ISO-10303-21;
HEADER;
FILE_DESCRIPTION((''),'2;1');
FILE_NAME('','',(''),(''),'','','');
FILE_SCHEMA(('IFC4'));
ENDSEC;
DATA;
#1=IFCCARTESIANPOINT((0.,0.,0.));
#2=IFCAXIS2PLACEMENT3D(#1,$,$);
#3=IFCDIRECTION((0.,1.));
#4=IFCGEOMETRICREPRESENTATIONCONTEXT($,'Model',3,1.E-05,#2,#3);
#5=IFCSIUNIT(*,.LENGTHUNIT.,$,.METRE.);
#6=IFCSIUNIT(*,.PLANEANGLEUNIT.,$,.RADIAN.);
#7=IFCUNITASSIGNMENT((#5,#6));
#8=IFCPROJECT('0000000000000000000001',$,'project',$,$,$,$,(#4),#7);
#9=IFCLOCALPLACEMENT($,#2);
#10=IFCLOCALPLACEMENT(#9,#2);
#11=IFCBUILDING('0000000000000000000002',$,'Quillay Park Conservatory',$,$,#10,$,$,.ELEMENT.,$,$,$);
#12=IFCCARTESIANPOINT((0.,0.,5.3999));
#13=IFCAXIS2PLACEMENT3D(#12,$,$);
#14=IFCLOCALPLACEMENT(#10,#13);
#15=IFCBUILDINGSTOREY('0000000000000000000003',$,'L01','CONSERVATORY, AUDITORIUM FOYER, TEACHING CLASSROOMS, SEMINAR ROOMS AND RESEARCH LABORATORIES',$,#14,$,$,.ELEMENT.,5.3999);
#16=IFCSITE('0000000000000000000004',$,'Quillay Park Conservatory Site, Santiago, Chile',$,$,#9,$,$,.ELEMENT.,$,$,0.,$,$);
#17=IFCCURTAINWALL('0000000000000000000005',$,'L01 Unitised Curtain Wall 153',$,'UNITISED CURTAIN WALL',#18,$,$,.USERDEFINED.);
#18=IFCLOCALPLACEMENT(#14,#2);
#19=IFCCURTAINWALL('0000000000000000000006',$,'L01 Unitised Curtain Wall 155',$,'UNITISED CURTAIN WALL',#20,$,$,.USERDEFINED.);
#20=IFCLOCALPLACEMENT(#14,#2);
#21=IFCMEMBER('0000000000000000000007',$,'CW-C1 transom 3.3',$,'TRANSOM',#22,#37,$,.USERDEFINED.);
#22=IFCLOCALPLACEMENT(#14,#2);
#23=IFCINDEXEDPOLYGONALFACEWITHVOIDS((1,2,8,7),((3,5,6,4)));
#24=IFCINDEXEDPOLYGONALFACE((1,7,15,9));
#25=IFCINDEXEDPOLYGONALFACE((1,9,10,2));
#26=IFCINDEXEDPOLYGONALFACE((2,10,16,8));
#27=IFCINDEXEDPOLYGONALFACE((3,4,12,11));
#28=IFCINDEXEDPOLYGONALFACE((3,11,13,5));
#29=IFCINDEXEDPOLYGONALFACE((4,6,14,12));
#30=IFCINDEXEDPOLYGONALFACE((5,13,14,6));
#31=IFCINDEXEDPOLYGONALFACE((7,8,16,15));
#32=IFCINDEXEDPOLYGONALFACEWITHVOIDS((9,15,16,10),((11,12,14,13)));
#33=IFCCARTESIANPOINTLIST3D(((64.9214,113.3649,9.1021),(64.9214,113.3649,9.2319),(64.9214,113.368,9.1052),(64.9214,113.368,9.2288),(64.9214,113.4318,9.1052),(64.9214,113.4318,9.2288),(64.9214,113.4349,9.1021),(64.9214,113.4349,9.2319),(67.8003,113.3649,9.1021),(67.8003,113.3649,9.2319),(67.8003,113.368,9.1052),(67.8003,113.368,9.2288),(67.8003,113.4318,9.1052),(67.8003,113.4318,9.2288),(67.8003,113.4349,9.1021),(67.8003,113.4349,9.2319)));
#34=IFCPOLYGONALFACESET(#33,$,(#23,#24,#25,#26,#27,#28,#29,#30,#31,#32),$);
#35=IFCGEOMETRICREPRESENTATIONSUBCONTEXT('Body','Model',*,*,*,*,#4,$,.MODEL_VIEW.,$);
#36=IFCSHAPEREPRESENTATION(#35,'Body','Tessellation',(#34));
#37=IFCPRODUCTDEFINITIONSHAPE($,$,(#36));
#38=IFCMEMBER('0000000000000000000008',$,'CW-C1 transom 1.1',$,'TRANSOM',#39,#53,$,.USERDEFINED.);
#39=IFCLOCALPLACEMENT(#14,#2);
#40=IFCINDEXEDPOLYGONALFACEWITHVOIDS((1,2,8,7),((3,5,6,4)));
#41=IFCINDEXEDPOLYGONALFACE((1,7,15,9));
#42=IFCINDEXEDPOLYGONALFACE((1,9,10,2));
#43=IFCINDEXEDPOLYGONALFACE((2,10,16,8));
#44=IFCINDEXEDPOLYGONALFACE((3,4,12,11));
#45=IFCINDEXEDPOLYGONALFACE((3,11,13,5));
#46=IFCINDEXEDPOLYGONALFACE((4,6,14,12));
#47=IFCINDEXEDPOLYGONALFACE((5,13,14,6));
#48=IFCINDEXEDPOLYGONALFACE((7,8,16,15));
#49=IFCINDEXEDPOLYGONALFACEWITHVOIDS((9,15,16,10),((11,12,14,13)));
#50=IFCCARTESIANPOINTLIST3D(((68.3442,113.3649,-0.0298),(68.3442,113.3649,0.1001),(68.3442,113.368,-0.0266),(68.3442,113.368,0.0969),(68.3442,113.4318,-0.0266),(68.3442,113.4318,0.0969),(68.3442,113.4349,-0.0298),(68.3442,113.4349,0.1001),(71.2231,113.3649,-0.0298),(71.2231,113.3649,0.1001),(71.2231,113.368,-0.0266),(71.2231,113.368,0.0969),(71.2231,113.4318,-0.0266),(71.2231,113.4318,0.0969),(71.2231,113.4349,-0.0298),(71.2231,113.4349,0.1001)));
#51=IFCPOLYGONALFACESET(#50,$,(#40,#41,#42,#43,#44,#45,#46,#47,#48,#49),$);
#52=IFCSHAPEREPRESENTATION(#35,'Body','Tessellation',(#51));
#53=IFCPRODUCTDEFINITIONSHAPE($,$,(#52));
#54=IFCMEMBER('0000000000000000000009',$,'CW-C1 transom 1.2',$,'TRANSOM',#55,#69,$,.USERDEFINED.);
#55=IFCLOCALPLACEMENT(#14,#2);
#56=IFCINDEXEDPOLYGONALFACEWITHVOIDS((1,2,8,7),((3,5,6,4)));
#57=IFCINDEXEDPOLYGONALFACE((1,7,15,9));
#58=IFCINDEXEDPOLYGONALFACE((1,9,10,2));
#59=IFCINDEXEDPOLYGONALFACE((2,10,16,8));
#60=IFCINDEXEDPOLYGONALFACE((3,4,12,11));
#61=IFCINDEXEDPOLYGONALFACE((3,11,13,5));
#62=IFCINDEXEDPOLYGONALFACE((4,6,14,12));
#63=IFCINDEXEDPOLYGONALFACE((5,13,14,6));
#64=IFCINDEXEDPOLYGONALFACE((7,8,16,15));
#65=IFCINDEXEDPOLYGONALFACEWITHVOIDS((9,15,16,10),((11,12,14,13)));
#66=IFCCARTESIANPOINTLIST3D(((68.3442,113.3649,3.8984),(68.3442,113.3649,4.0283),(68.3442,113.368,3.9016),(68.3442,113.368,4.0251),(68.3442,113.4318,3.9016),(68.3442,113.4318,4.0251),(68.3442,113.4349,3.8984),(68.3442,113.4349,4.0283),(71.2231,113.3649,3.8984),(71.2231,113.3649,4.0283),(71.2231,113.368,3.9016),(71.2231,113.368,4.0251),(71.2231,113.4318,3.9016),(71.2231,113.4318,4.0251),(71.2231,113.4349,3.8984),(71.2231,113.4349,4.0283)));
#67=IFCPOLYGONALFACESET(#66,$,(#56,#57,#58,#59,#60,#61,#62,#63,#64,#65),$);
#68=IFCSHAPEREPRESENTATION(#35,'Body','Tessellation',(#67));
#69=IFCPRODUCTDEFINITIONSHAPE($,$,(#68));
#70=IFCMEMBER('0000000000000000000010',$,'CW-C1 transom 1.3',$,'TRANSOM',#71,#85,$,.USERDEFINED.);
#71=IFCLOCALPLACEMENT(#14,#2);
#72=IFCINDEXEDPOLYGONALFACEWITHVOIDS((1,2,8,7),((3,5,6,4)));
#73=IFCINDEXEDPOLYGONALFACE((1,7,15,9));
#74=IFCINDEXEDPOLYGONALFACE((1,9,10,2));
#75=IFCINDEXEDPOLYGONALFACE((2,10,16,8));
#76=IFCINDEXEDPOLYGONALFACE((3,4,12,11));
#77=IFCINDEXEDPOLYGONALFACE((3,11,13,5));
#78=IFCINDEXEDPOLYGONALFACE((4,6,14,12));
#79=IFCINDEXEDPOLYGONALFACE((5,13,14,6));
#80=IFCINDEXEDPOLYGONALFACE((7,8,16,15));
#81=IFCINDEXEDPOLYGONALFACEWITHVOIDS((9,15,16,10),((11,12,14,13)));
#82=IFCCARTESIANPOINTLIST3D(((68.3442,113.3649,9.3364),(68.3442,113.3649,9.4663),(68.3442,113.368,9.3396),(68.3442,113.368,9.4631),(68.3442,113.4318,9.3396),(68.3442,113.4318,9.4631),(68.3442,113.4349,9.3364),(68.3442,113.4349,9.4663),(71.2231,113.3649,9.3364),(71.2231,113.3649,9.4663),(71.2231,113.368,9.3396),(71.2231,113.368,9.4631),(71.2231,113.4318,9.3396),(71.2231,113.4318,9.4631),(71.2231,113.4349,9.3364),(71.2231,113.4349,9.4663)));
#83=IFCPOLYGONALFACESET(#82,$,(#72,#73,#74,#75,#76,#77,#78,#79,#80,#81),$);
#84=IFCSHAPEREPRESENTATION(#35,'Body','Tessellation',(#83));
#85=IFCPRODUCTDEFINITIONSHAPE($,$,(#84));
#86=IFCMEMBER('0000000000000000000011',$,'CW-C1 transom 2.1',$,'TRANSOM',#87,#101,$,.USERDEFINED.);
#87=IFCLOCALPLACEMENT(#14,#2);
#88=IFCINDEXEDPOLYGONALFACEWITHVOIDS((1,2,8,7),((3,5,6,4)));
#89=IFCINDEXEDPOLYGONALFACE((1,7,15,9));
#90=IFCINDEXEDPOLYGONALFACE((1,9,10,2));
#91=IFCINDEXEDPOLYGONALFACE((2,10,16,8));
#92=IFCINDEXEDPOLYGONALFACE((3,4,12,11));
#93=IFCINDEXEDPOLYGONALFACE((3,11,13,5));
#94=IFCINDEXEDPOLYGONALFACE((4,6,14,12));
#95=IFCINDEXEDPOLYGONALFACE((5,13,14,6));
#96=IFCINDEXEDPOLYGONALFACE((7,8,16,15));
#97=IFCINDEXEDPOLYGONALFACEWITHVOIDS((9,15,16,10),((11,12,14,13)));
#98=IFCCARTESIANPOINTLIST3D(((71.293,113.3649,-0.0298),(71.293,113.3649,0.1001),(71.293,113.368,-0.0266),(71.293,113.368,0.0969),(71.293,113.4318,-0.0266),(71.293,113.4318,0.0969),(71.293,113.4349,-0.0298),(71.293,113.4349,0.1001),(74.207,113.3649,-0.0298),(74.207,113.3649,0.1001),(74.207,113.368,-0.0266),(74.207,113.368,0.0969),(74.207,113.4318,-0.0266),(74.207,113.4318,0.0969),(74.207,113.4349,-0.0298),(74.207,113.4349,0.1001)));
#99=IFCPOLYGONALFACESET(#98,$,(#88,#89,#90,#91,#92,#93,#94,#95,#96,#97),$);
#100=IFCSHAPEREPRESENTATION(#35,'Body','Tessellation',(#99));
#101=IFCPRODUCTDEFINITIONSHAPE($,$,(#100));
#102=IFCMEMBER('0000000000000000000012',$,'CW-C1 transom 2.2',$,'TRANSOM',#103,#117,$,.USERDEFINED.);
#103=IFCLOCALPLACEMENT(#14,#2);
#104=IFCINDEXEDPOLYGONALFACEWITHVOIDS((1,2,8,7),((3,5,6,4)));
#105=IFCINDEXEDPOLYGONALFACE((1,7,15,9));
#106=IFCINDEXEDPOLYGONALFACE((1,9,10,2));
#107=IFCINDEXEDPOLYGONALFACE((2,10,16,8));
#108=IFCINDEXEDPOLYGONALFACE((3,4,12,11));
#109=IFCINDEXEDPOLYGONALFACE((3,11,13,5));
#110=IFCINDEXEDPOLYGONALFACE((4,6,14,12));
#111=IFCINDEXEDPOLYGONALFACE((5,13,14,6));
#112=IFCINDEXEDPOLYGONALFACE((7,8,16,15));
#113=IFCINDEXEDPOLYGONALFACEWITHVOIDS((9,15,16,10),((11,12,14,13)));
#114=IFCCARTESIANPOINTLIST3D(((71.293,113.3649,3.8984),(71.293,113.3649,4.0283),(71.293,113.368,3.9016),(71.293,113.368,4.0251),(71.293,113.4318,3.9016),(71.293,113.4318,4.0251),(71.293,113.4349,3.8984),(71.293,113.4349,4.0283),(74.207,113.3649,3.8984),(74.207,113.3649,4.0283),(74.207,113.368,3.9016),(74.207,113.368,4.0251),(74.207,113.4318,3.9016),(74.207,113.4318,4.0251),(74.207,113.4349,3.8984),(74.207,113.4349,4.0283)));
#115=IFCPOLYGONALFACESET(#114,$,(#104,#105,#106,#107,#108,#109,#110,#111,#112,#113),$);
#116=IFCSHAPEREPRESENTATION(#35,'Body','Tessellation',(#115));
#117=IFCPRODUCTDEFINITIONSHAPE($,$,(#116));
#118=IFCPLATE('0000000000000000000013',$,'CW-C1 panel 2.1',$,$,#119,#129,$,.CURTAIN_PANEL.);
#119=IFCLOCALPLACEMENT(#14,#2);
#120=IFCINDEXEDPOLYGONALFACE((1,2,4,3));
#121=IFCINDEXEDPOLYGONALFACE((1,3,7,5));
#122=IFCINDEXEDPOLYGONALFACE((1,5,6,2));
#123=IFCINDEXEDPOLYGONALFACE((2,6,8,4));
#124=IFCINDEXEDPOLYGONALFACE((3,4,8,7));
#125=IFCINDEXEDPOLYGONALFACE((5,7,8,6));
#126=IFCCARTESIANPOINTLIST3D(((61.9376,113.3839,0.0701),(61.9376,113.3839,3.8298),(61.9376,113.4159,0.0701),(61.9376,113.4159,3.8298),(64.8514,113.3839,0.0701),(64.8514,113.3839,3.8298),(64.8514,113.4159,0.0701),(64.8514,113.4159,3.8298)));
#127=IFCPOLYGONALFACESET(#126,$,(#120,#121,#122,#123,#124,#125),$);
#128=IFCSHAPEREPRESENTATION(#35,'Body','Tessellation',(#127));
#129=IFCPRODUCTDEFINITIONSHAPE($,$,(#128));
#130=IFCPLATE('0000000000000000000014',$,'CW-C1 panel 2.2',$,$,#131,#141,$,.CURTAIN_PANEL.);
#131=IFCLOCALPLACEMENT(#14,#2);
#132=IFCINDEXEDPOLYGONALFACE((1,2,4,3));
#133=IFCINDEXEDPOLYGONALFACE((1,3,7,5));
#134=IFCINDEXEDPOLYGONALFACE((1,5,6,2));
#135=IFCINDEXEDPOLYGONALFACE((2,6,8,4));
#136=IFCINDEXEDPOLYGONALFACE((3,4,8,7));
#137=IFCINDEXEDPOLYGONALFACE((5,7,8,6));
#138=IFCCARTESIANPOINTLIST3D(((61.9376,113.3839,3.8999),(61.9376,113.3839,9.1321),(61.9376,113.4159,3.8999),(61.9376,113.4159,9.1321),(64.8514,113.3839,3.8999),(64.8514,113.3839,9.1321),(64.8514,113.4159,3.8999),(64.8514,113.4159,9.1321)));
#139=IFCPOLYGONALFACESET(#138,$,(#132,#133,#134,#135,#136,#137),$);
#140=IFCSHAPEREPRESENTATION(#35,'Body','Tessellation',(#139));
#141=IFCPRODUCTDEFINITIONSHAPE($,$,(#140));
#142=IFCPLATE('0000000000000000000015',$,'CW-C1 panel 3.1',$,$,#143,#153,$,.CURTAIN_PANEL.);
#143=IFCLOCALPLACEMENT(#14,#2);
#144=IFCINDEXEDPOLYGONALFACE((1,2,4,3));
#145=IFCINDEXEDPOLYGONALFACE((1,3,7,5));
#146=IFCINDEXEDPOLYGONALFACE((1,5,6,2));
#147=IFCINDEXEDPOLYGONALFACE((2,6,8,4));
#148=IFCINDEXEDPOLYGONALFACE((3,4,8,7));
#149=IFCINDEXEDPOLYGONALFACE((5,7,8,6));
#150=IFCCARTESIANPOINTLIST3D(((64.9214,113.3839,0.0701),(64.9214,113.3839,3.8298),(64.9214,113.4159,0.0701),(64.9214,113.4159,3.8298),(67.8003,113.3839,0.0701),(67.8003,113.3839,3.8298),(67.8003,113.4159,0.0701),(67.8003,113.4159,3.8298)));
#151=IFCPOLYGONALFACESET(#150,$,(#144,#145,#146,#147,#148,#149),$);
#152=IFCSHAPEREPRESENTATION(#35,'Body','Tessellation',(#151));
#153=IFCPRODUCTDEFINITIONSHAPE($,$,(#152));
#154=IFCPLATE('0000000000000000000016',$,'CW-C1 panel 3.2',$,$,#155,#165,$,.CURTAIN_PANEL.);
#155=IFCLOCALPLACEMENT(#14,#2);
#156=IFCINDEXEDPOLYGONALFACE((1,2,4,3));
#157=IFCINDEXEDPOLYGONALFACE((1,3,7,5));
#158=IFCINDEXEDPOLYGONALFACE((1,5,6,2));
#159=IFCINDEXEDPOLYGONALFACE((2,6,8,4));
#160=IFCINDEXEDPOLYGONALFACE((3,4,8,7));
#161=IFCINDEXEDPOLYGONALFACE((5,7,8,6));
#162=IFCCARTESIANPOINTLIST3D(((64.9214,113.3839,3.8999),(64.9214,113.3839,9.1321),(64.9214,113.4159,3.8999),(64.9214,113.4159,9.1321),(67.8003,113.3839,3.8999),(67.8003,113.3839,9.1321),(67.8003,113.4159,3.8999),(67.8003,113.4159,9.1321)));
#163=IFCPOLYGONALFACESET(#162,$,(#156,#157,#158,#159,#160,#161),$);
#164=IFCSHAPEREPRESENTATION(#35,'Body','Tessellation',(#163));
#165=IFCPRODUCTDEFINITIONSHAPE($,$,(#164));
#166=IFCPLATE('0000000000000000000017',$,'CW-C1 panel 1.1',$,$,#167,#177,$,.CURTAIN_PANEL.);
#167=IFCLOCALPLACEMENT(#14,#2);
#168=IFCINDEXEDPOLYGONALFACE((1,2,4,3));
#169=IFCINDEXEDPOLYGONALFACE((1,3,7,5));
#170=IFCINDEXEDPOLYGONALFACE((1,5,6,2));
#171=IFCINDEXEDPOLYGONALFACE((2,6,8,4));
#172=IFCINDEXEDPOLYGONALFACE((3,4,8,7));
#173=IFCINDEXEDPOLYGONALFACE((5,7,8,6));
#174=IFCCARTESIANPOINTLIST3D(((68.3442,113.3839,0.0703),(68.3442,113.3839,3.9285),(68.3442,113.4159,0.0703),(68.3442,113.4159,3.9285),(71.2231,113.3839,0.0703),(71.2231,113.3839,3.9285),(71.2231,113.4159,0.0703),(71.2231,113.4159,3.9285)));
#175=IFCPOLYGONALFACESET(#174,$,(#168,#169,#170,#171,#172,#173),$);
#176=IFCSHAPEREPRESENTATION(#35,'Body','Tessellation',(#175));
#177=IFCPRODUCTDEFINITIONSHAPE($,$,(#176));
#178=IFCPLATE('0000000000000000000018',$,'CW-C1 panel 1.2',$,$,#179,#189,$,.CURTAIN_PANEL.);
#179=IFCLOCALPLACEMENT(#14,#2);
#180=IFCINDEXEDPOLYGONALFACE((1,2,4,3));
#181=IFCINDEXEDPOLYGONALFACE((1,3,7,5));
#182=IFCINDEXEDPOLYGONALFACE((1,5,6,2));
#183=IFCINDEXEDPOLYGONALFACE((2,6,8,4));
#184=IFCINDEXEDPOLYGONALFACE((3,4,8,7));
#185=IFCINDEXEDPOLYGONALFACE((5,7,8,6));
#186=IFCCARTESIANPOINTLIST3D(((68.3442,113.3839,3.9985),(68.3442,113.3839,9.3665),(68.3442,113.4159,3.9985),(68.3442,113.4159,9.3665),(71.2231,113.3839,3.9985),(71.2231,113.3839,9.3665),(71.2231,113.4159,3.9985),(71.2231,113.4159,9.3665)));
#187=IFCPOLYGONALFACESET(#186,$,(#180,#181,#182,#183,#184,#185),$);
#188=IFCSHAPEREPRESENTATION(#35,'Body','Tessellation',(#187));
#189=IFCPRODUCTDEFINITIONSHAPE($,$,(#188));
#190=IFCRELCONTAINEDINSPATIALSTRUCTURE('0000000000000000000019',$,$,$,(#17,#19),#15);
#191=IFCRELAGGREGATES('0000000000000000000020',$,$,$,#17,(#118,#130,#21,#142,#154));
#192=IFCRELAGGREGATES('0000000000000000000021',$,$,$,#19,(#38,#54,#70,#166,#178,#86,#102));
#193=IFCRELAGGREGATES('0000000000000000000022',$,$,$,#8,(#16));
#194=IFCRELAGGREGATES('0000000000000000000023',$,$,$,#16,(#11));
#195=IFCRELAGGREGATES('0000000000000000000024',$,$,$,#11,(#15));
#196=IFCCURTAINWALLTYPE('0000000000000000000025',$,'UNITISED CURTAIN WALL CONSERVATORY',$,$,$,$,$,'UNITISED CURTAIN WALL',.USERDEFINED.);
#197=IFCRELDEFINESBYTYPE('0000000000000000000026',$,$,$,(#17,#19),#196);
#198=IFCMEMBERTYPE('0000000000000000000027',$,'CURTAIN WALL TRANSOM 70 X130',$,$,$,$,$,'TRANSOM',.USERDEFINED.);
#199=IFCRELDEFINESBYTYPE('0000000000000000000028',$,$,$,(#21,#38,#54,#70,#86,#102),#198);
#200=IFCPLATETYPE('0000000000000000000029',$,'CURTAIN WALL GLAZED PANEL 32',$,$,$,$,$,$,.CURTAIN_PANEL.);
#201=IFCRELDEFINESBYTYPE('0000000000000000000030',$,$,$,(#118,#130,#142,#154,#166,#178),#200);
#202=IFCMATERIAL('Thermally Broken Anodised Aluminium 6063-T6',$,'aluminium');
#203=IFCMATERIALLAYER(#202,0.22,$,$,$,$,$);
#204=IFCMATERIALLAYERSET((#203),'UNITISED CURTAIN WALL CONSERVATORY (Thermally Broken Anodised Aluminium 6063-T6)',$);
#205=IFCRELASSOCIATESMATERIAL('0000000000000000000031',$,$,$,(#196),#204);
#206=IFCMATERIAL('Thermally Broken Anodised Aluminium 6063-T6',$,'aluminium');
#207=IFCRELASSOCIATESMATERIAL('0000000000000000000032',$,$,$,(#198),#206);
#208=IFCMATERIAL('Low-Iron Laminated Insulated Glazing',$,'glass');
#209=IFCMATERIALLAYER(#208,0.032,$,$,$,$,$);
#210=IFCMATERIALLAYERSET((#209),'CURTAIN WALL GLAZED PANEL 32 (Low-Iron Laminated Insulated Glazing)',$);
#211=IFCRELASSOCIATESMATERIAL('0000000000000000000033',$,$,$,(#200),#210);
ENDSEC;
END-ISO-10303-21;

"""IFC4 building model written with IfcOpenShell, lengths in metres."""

from ifc_helpers import new_model, si_unit, direction, frame, origin, origin_2d, place, context, subcontext, project, spatial, rectangle, hollow_rectangle, extrude, material, layer, layer_set, material_profile, profile_set, type_object, element, aggregate, save


model = new_model("IFC4")

# Units and contexts
model_context = context("Model", 3, precision=1e-05, world=origin(), true_north=direction((0.0, 1.0)))
body_context = subcontext(model_context, "Body", "Model", "MODEL_VIEW")
ifc_project = project(units=[si_unit("LENGTHUNIT", "METRE"), si_unit("PLANEANGLEUNIT", "RADIAN")], contexts=[model_context])

# Site, building, storey
site_placement = place(None, origin())
site = spatial("IfcSite", under=ifc_project, at=site_placement, Name="Quillay Park Conservatory Site, Santiago, Chile", CompositionType="ELEMENT", RefElevation=0.0)
building_placement = place(site_placement, origin())
building = spatial("IfcBuilding", under=site, at=building_placement, Name="Quillay Park Conservatory", CompositionType="ELEMENT")
storey_placement = place(building_placement, frame((0.0, 0.0, 5.3999)))
storey = spatial("IfcBuildingStorey", under=building, at=storey_placement, Name="L01", Description="CONSERVATORY, AUDITORIUM FOYER, TEACHING CLASSROOMS, SEMINAR ROOMS AND RESEARCH LABORATORIES", CompositionType="ELEMENT", Elevation=5.3999)

# Curtain walls
ifc_material_1 = material(Name="Thermally Broken Anodised Aluminium 6063-T6", Category="aluminium")
ifc_layer_1 = layer(ifc_material_1, 0.22)
ifc_layer_set_1 = layer_set([ifc_layer_1], Name="UNITISED CURTAIN WALL CONSERVATORY (Thermally Broken Anodised Aluminium 6063-T6)")
curtain_wall_type = type_object("IfcCurtainWallType", Name="UNITISED CURTAIN WALL CONSERVATORY", ElementType="UNITISED CURTAIN WALL", PredefinedType="USERDEFINED", material=ifc_layer_set_1)
curtain_wall_1_placement = place(storey_placement, origin())
curtain_wall_1 = element("IfcCurtainWall", 1, at=curtain_wall_1_placement, inside=storey, type_object=curtain_wall_type, Name="L01 Unitised Curtain Wall 153", ObjectType="UNITISED CURTAIN WALL", PredefinedType="USERDEFINED")
curtain_wall_2_placement = place(storey_placement, origin())
curtain_wall_2 = element("IfcCurtainWall", 2, at=curtain_wall_2_placement, inside=storey, type_object=curtain_wall_type, Name="L01 Unitised Curtain Wall 155", ObjectType="UNITISED CURTAIN WALL", PredefinedType="USERDEFINED")

# Members
ifc_material_2 = material(Name="Thermally Broken Anodised Aluminium 6063-T6", Category="aluminium")
ifc_material_profile_1 = material_profile(ifc_material_2, hollow_rectangle(XDim=0.0701, YDim=0.1299, WallThickness=0.0032, at=origin_2d()), Name="AL70x130x3.2")
ifc_profile_set_1 = profile_set([ifc_material_profile_1], Name="Thermally Broken Anodised Aluminium 6063-T6")
member_type_1 = type_object("IfcMemberType", Name="CURTAIN WALL TRANSOM 70 X130", ElementType="TRANSOM", PredefinedType="USERDEFINED", material=ifc_profile_set_1)
member_1_placement = place(storey_placement, frame((64.9214, 113.3999, 9.167), z_axis=(1.0, 0.0, 0.0), x_axis=(0.0, 1.0, 0.0)))
member_1 = element("IfcMember", 3, at=member_1_placement, type_object=member_type_1, Name="CW-C1 transom 3.3", ObjectType="TRANSOM", PredefinedType="USERDEFINED", context=body_context, shape_type="SweptSolid", body=[
    extrude(hollow_rectangle(XDim=0.0701, YDim=0.1299, WallThickness=0.0032, at=origin_2d()), origin(), (0.0, 0.0, 1.0), 2.8789),
])
member_2_placement = place(storey_placement, frame((68.3442, 113.3999, 0.0352), z_axis=(1.0, 0.0, 0.0), x_axis=(0.0, 1.0, 0.0)))
member_2 = element("IfcMember", 4, at=member_2_placement, type_object=member_type_1, Name="CW-C1 transom 1.1", ObjectType="TRANSOM", PredefinedType="USERDEFINED", context=body_context, shape_type="SweptSolid", body=[
    extrude(hollow_rectangle(XDim=0.0701, YDim=0.1299, WallThickness=0.0032, at=origin_2d()), origin(), (0.0, 0.0, 1.0), 2.8789),
])
member_3_placement = place(storey_placement, frame((68.3442, 113.3999, 3.9634), z_axis=(1.0, 0.0, 0.0), x_axis=(0.0, 1.0, 0.0)))
member_3 = element("IfcMember", 5, at=member_3_placement, type_object=member_type_1, Name="CW-C1 transom 1.2", ObjectType="TRANSOM", PredefinedType="USERDEFINED", context=body_context, shape_type="SweptSolid", body=[
    extrude(hollow_rectangle(XDim=0.0701, YDim=0.1299, WallThickness=0.0032, at=origin_2d()), origin(), (0.0, 0.0, 1.0), 2.8789),
])
member_4_placement = place(storey_placement, frame((68.3442, 113.3999, 9.4014), z_axis=(1.0, 0.0, 0.0), x_axis=(0.0, 1.0, 0.0)))
member_4 = element("IfcMember", 6, at=member_4_placement, type_object=member_type_1, Name="CW-C1 transom 1.3", ObjectType="TRANSOM", PredefinedType="USERDEFINED", context=body_context, shape_type="SweptSolid", body=[
    extrude(hollow_rectangle(XDim=0.0701, YDim=0.1299, WallThickness=0.0032, at=origin_2d()), origin(), (0.0, 0.0, 1.0), 2.8789),
])
member_5_placement = place(storey_placement, frame((71.293, 113.3999, 0.0352), z_axis=(1.0, 0.0, 0.0), x_axis=(0.0, 1.0, 0.0)))
member_5 = element("IfcMember", 7, at=member_5_placement, type_object=member_type_1, Name="CW-C1 transom 2.1", ObjectType="TRANSOM", PredefinedType="USERDEFINED", context=body_context, shape_type="SweptSolid", body=[
    extrude(hollow_rectangle(XDim=0.0701, YDim=0.1299, WallThickness=0.0032, at=origin_2d()), origin(), (0.0, 0.0, 1.0), 2.9141),
])
member_6_placement = place(storey_placement, frame((71.293, 113.3999, 3.9634), z_axis=(1.0, 0.0, 0.0), x_axis=(0.0, 1.0, 0.0)))
member_6 = element("IfcMember", 8, at=member_6_placement, type_object=member_type_1, Name="CW-C1 transom 2.2", ObjectType="TRANSOM", PredefinedType="USERDEFINED", context=body_context, shape_type="SweptSolid", body=[
    extrude(hollow_rectangle(XDim=0.0701, YDim=0.1299, WallThickness=0.0032, at=origin_2d()), origin(), (0.0, 0.0, 1.0), 2.9141),
])

# Plates
ifc_material_3 = material(Name="Low-Iron Laminated Insulated Glazing", Category="glass")
ifc_layer_2 = layer(ifc_material_3, 0.032)
ifc_layer_set_2 = layer_set([ifc_layer_2], Name="CURTAIN WALL GLAZED PANEL 32 (Low-Iron Laminated Insulated Glazing)")
plate_type_1 = type_object("IfcPlateType", Name="CURTAIN WALL GLAZED PANEL 32", PredefinedType="CURTAIN_PANEL", material=ifc_layer_set_2)
plate_1_placement = place(storey_placement, frame((63.3945, 113.3999, 0.0701), z_axis=(0.0, 0.0, 1.0), x_axis=(1.0, 0.0, 0.0)))
plate_1 = element("IfcPlate", 9, at=plate_1_placement, type_object=plate_type_1, Name="CW-C1 panel 2.1", PredefinedType="CURTAIN_PANEL", context=body_context, shape_type="SweptSolid", body=[
    extrude(rectangle(XDim=2.9138, YDim=0.032, at=origin_2d()), origin(), (0.0, 0.0, 1.0), 3.7598),
])
plate_2_placement = place(storey_placement, frame((63.3945, 113.3999, 3.8999), z_axis=(0.0, 0.0, 1.0), x_axis=(1.0, 0.0, 0.0)))
plate_2 = element("IfcPlate", 10, at=plate_2_placement, type_object=plate_type_1, Name="CW-C1 panel 2.2", PredefinedType="CURTAIN_PANEL", context=body_context, shape_type="SweptSolid", body=[
    extrude(rectangle(XDim=2.9138, YDim=0.032, at=origin_2d()), origin(), (0.0, 0.0, 1.0), 5.2322),
])
plate_3_placement = place(storey_placement, frame((66.3608, 113.3999, 0.0701), z_axis=(0.0, 0.0, 1.0), x_axis=(1.0, 0.0, 0.0)))
plate_3 = element("IfcPlate", 11, at=plate_3_placement, type_object=plate_type_1, Name="CW-C1 panel 3.1", PredefinedType="CURTAIN_PANEL", context=body_context, shape_type="SweptSolid", body=[
    extrude(rectangle(XDim=2.8789, YDim=0.032, at=origin_2d()), origin(), (0.0, 0.0, 1.0), 3.7598),
])
plate_4_placement = place(storey_placement, frame((66.3608, 113.3999, 3.8999), z_axis=(0.0, 0.0, 1.0), x_axis=(1.0, 0.0, 0.0)))
plate_4 = element("IfcPlate", 12, at=plate_4_placement, type_object=plate_type_1, Name="CW-C1 panel 3.2", PredefinedType="CURTAIN_PANEL", context=body_context, shape_type="SweptSolid", body=[
    extrude(rectangle(XDim=2.8789, YDim=0.032, at=origin_2d()), origin(), (0.0, 0.0, 1.0), 5.2322),
])
aggregate(curtain_wall_1, [plate_1, plate_2, member_1, plate_3, plate_4])
plate_5_placement = place(storey_placement, frame((69.7837, 113.3999, 0.0703), z_axis=(0.0, 0.0, 1.0), x_axis=(1.0, 0.0, 0.0)))
plate_5 = element("IfcPlate", 13, at=plate_5_placement, type_object=plate_type_1, Name="CW-C1 panel 1.1", PredefinedType="CURTAIN_PANEL", context=body_context, shape_type="SweptSolid", body=[
    extrude(rectangle(XDim=2.8789, YDim=0.032, at=origin_2d()), origin(), (0.0, 0.0, 1.0), 3.8582),
])
plate_6_placement = place(storey_placement, frame((69.7837, 113.3999, 3.9985), z_axis=(0.0, 0.0, 1.0), x_axis=(1.0, 0.0, 0.0)))
plate_6 = element("IfcPlate", 14, at=plate_6_placement, type_object=plate_type_1, Name="CW-C1 panel 1.2", PredefinedType="CURTAIN_PANEL", context=body_context, shape_type="SweptSolid", body=[
    extrude(rectangle(XDim=2.8789, YDim=0.032, at=origin_2d()), origin(), (0.0, 0.0, 1.0), 5.3679),
])
aggregate(curtain_wall_2, [member_2, member_3, member_4, plate_5, plate_6, member_5, member_6])

save(model, "model.ifc")
